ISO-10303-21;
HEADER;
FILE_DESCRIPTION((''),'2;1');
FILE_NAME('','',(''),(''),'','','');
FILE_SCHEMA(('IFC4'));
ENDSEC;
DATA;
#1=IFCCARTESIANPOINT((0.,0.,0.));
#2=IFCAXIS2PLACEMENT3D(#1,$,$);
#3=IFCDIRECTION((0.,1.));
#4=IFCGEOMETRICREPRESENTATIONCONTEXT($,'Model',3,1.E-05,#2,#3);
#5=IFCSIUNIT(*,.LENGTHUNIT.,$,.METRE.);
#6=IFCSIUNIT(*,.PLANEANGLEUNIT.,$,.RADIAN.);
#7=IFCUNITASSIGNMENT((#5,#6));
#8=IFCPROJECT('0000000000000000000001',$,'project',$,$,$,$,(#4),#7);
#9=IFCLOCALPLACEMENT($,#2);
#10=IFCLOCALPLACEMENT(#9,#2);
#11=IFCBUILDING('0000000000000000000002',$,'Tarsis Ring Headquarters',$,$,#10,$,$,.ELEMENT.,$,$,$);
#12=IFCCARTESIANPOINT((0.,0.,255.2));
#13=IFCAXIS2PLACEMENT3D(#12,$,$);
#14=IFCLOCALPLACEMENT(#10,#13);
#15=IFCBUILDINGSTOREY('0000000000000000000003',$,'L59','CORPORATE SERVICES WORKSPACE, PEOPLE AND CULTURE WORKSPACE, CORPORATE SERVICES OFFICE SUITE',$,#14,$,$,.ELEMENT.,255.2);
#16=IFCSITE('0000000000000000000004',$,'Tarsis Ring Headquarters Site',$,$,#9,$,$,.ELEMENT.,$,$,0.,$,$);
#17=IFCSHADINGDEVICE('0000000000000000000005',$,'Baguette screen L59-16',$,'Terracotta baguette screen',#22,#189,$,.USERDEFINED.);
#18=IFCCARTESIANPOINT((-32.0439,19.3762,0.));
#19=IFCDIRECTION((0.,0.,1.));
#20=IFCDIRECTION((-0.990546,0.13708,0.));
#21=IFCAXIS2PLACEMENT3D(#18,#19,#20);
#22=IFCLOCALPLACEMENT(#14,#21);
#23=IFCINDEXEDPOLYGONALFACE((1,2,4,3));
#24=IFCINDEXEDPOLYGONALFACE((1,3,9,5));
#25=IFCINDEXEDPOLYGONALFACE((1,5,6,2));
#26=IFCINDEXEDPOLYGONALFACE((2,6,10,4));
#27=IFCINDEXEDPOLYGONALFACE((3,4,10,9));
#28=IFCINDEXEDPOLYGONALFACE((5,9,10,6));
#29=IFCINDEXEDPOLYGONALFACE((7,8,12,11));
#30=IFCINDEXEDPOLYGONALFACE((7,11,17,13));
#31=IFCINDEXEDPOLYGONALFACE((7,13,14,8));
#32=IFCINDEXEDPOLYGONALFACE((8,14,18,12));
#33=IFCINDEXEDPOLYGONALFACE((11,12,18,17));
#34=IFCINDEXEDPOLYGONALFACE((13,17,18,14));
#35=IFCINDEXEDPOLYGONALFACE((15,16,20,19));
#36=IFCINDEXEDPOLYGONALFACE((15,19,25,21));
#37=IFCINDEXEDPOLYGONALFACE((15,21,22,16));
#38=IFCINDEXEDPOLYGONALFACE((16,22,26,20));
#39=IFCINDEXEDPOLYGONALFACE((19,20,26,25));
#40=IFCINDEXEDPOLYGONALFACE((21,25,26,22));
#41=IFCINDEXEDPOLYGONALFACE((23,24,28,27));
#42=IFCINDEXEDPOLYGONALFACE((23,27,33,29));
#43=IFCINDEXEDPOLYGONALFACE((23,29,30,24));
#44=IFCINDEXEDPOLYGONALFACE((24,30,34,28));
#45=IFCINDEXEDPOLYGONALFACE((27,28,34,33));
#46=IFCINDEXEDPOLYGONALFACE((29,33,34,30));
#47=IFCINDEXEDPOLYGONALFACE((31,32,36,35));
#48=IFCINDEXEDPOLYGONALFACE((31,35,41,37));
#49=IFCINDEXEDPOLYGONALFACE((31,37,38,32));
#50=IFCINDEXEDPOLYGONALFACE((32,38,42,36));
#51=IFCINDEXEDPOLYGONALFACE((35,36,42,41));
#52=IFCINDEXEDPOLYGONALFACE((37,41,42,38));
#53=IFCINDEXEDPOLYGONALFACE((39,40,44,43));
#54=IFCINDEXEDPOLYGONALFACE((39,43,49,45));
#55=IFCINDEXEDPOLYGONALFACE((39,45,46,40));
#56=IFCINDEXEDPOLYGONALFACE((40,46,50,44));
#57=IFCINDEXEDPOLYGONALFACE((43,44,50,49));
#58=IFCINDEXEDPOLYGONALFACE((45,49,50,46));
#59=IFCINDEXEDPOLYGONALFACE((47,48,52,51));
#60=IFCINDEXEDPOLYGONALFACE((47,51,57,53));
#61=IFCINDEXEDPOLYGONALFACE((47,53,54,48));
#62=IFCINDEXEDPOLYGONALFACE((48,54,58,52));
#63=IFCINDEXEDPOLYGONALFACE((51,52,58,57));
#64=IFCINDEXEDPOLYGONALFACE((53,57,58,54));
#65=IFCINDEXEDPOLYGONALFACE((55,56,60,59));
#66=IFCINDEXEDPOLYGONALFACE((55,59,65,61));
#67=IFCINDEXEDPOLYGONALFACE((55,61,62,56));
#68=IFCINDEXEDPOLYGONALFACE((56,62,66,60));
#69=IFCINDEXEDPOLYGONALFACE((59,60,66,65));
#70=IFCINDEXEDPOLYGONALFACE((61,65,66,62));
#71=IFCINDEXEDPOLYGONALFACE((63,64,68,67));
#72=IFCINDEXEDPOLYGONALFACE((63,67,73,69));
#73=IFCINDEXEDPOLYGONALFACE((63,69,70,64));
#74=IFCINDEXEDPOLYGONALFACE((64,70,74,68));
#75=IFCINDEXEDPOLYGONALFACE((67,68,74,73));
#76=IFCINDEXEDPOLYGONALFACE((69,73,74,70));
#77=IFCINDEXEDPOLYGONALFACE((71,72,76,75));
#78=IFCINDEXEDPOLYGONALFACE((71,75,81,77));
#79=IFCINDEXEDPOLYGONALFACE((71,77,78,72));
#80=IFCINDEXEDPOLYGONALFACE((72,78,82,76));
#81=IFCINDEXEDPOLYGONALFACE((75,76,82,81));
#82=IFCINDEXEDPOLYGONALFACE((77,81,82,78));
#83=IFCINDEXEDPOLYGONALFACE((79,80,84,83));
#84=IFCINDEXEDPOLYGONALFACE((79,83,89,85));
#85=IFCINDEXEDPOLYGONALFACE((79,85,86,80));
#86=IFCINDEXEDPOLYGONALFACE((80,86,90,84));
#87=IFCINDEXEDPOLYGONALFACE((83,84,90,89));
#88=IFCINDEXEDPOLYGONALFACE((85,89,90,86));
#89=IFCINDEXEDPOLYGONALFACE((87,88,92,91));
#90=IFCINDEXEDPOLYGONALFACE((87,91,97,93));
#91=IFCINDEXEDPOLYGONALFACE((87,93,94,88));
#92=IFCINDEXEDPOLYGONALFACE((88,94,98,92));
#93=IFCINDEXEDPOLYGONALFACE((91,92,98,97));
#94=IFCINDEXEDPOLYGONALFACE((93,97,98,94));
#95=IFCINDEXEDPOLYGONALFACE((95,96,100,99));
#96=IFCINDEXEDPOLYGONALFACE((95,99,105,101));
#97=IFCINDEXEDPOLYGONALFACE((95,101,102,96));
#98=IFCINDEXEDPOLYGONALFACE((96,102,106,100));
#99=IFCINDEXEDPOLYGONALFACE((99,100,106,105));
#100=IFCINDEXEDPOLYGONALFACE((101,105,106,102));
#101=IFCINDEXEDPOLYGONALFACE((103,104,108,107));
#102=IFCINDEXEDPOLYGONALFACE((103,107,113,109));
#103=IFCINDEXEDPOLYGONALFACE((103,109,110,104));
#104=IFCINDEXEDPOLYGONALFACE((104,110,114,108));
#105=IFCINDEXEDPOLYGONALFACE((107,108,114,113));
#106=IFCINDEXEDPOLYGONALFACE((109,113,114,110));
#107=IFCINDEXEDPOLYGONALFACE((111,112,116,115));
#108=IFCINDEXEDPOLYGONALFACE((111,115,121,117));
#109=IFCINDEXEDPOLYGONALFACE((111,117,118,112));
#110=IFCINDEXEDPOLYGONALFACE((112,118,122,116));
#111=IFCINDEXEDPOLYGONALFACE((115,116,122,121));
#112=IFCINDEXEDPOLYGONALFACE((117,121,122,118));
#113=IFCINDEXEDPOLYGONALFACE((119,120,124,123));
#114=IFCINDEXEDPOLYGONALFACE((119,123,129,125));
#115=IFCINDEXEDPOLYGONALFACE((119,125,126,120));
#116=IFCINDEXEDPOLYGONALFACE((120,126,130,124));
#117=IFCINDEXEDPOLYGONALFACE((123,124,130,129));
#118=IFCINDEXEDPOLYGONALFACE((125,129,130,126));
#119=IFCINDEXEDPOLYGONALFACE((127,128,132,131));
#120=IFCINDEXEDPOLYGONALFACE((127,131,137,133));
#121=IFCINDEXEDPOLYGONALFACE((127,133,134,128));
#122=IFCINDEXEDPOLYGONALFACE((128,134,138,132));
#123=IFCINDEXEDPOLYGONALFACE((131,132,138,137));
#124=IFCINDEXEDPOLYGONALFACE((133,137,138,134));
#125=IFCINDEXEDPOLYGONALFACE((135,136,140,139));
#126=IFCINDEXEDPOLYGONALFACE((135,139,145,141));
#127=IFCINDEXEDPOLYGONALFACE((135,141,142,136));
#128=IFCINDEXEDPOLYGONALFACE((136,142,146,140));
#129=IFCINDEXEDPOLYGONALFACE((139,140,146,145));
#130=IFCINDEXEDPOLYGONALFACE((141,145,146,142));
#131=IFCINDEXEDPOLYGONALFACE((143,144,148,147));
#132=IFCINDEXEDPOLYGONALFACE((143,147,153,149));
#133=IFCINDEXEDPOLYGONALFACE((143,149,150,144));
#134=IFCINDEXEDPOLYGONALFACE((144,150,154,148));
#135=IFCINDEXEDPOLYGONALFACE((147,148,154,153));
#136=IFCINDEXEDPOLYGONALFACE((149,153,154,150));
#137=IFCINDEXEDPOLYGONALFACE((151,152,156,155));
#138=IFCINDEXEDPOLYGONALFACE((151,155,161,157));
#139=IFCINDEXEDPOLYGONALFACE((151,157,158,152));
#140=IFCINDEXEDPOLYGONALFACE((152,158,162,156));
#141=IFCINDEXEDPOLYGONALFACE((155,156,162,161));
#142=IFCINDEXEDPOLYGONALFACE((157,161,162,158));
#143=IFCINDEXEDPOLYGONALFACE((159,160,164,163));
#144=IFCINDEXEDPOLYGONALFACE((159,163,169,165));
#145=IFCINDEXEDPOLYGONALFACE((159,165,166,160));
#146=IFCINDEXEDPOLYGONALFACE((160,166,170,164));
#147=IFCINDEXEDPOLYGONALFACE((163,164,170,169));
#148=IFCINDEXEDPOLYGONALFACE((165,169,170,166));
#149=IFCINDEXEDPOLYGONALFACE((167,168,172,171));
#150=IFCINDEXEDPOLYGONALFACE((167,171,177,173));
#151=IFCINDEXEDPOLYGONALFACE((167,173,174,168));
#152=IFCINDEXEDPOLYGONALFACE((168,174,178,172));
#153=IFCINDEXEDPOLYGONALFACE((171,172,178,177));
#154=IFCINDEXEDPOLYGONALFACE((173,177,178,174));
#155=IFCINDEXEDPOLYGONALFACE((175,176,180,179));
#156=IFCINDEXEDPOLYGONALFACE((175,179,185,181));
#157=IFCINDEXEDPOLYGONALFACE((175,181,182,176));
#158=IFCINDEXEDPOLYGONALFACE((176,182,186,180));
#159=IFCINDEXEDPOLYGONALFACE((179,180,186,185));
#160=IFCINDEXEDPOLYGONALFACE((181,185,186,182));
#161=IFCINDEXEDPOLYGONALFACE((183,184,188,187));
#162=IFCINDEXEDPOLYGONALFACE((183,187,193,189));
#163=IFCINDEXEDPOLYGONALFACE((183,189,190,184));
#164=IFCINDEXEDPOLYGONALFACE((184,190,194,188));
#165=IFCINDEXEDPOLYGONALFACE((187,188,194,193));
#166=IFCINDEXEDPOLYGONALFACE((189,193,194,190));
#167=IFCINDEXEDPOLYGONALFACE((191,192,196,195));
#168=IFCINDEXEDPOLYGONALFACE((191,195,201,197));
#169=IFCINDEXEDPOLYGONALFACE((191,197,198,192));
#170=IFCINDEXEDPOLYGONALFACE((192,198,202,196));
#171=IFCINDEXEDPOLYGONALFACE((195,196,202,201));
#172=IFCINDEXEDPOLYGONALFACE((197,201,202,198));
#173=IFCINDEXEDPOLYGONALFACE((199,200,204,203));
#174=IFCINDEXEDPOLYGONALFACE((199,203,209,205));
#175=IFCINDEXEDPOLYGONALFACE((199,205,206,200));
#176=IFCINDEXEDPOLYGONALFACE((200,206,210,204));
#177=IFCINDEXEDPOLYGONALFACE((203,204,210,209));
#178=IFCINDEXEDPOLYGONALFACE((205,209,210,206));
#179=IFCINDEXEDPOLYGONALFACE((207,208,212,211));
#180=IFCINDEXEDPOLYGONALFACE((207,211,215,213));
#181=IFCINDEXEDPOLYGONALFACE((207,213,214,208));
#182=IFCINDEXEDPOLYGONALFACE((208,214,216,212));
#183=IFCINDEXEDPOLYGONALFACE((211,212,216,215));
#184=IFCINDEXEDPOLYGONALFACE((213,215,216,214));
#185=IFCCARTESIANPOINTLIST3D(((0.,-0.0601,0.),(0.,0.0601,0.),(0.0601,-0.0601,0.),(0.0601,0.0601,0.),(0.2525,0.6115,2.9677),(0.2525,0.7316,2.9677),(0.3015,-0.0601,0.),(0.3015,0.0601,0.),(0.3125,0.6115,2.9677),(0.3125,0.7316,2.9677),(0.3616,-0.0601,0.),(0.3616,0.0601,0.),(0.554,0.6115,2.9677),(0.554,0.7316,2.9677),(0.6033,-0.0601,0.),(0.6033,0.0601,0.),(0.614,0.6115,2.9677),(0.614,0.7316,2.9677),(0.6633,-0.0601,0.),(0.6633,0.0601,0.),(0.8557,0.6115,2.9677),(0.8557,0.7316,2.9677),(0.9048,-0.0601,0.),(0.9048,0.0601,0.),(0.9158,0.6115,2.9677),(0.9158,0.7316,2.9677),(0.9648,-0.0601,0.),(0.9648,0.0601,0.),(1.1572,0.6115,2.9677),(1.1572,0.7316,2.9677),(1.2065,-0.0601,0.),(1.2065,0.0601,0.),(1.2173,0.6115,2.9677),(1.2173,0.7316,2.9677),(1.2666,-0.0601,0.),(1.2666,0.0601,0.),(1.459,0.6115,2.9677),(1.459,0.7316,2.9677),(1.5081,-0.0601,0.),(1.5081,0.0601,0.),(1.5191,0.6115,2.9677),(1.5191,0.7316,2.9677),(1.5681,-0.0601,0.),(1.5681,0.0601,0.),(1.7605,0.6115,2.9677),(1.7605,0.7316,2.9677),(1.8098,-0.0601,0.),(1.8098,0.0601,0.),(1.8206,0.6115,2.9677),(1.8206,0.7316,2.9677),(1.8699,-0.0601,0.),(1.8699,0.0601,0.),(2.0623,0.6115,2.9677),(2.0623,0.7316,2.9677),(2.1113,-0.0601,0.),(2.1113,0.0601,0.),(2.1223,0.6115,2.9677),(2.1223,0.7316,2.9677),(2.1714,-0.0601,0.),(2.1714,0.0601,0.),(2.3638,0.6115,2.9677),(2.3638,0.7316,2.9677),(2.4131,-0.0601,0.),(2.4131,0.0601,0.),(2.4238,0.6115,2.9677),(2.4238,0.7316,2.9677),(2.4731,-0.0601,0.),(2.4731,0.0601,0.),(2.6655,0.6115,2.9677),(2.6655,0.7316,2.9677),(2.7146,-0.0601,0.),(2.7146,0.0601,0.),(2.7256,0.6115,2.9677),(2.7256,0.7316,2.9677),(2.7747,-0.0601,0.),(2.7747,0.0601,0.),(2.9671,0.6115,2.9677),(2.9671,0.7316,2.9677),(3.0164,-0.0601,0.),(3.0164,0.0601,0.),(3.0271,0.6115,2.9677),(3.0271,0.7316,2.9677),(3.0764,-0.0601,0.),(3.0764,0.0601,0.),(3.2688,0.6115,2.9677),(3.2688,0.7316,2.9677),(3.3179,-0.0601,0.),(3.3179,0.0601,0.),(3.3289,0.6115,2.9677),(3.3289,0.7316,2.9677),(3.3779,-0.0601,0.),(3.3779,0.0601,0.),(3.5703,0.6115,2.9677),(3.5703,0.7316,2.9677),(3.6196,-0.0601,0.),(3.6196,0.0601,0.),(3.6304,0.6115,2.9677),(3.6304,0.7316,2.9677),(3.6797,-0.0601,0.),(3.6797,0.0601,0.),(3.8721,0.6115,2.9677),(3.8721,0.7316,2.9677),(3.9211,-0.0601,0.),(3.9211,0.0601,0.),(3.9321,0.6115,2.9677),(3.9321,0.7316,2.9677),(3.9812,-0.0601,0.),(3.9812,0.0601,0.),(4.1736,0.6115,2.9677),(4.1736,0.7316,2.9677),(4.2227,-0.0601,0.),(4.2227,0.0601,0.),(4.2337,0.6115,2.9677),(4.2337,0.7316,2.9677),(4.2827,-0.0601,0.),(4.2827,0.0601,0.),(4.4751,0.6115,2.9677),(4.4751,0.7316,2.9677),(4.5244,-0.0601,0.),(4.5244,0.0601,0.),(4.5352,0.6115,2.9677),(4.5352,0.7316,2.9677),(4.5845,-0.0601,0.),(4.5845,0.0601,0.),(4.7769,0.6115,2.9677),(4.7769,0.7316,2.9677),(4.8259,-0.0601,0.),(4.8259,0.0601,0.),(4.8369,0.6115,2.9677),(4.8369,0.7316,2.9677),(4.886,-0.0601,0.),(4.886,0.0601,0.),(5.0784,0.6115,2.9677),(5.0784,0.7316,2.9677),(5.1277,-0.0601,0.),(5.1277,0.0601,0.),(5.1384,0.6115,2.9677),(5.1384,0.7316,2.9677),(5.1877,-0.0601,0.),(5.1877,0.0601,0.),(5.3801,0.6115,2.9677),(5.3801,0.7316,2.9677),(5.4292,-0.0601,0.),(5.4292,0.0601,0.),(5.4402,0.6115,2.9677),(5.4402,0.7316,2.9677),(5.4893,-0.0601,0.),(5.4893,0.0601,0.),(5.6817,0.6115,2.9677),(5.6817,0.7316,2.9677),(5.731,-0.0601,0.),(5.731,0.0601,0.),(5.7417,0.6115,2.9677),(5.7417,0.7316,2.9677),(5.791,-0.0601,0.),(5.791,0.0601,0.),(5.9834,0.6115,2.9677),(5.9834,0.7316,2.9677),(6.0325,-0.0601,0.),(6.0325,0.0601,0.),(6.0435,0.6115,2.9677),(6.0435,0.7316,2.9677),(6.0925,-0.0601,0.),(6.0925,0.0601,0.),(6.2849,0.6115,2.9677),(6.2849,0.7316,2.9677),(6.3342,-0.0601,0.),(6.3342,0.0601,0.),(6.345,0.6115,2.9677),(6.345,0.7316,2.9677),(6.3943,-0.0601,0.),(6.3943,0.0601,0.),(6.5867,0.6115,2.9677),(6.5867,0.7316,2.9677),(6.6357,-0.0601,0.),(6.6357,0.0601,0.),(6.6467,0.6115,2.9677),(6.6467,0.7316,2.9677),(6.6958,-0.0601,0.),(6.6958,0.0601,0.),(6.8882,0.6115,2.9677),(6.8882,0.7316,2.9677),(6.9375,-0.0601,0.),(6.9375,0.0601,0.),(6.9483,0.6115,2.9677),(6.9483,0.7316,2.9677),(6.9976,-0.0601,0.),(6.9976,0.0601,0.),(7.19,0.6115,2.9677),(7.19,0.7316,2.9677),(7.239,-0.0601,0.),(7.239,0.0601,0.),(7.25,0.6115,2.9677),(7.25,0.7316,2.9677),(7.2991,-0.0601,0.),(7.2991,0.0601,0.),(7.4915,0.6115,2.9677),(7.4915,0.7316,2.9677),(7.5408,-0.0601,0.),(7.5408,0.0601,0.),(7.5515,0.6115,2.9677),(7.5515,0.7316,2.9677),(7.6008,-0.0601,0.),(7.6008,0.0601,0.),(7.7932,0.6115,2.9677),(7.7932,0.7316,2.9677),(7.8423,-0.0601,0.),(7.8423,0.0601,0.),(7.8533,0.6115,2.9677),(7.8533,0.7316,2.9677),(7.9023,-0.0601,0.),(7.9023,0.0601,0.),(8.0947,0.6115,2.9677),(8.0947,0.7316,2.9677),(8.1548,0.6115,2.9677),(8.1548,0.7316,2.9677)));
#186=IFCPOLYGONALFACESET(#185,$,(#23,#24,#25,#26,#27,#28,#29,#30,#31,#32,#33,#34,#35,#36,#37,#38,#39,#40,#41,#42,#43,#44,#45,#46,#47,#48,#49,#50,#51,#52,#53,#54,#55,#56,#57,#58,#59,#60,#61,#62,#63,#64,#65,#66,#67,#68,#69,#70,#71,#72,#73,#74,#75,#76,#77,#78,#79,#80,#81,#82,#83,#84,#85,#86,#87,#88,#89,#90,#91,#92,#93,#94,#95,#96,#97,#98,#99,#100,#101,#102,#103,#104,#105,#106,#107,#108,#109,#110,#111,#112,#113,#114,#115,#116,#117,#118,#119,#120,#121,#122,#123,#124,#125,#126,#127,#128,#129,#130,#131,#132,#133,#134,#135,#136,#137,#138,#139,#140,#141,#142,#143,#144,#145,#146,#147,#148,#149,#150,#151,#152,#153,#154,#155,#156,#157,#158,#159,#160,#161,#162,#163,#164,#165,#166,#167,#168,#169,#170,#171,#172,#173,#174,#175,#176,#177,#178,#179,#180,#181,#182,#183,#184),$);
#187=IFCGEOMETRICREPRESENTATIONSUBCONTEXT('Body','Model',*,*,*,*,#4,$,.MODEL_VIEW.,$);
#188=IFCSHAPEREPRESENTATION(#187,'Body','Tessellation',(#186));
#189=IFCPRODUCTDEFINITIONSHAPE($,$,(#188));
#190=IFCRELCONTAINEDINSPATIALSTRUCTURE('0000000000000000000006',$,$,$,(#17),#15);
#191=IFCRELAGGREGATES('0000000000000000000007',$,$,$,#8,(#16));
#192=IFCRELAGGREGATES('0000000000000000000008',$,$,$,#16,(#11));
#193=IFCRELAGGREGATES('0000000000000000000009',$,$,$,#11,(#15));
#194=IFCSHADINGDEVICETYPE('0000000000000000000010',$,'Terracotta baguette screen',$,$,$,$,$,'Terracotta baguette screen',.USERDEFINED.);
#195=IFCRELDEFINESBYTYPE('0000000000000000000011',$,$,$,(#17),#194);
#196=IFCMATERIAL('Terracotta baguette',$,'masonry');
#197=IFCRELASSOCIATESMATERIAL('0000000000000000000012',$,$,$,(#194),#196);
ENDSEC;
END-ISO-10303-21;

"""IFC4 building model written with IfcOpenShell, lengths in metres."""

from ifc_helpers import new_model, si_unit, direction, frame, frame_2d, origin, place, context, subcontext, project, spatial, rectangle, composite_profile, extrude, material, type_object, element, save


model = new_model("IFC4")

# Units and contexts
model_context = context("Model", 3, precision=1e-05, world=origin(), true_north=direction((0.0, 1.0)))
body_context = subcontext(model_context, "Body", "Model", "MODEL_VIEW")
ifc_project = project(units=[si_unit("LENGTHUNIT", "METRE"), si_unit("PLANEANGLEUNIT", "RADIAN")], contexts=[model_context])

# Site, building, storey
site_placement = place(None, origin())
site = spatial("IfcSite", under=ifc_project, at=site_placement, Name="Tarsis Ring Headquarters Site", CompositionType="ELEMENT", RefElevation=0.0)
building_placement = place(site_placement, origin())
building = spatial("IfcBuilding", under=site, at=building_placement, Name="Tarsis Ring Headquarters", CompositionType="ELEMENT")
storey_placement = place(building_placement, frame((0.0, 0.0, 255.2)))
storey = spatial("IfcBuildingStorey", under=building, at=storey_placement, Name="L59", Description="CORPORATE SERVICES WORKSPACE, PEOPLE AND CULTURE WORKSPACE, CORPORATE SERVICES OFFICE SUITE", CompositionType="ELEMENT", Elevation=255.2)

# Shading device
ifc_material_1 = material(Name="Terracotta baguette", Category="masonry")
shading_device_type_1 = type_object("IfcShadingDeviceType", Name="Terracotta baguette screen", ElementType="Terracotta baguette screen", PredefinedType="USERDEFINED", material=ifc_material_1)
shading_device_1_placement = place(storey_placement, frame((-32.0439, 19.3762, 0.0), z_axis=(0.0, 0.0, 1.0), x_axis=(-0.990546, 0.13708, 0.0)))
element("IfcShadingDevice", 1, at=shading_device_1_placement, inside=storey, type_object=shading_device_type_1, Name="Baguette screen L59-16", ObjectType="Terracotta baguette screen", PredefinedType="USERDEFINED", context=body_context, shape_type="SweptSolid", body=[
    extrude(composite_profile([rectangle(XDim=0.0601, YDim=0.1201, at=frame_2d((0.03, 0.0))), rectangle(XDim=0.0601, YDim=0.1201, at=frame_2d((0.3315, 0.0))), rectangle(XDim=0.0601, YDim=0.1201, at=frame_2d((0.6333, 0.0))), rectangle(XDim=0.0601, YDim=0.1201, at=frame_2d((0.9348, 0.0))), rectangle(XDim=0.0601, YDim=0.1201, at=frame_2d((1.2366, 0.0))), rectangle(XDim=0.0601, YDim=0.1201, at=frame_2d((1.5381, 0.0))), rectangle(XDim=0.0601, YDim=0.1201, at=frame_2d((1.8398, 0.0))), rectangle(XDim=0.0601, YDim=0.1201, at=frame_2d((2.1414, 0.0))), rectangle(XDim=0.0601, YDim=0.1201, at=frame_2d((2.4431, 0.0))), rectangle(XDim=0.0601, YDim=0.1201, at=frame_2d((2.7446, 0.0))), rectangle(XDim=0.0601, YDim=0.1201, at=frame_2d((3.0464, 0.0))), rectangle(XDim=0.0601, YDim=0.1201, at=frame_2d((3.3479, 0.0))), rectangle(XDim=0.0601, YDim=0.1201, at=frame_2d((3.6497, 0.0))), rectangle(XDim=0.0601, YDim=0.1201, at=frame_2d((3.9512, 0.0))), rectangle(XDim=0.0601, YDim=0.1201, at=frame_2d((4.2527, 0.0))), rectangle(XDim=0.0601, YDim=0.1201, at=frame_2d((4.5544, 0.0))), rectangle(XDim=0.0601, YDim=0.1201, at=frame_2d((4.856, 0.0))), rectangle(XDim=0.0601, YDim=0.1201, at=frame_2d((5.1577, 0.0))), rectangle(XDim=0.0601, YDim=0.1201, at=frame_2d((5.4592, 0.0))), rectangle(XDim=0.0601, YDim=0.1201, at=frame_2d((5.761, 0.0))), rectangle(XDim=0.0601, YDim=0.1201, at=frame_2d((6.0625, 0.0))), rectangle(XDim=0.0601, YDim=0.1201, at=frame_2d((6.3643, 0.0))), rectangle(XDim=0.0601, YDim=0.1201, at=frame_2d((6.6658, 0.0))), rectangle(XDim=0.0601, YDim=0.1201, at=frame_2d((6.9675, 0.0))), rectangle(XDim=0.0601, YDim=0.1201, at=frame_2d((7.269, 0.0))), rectangle(XDim=0.0601, YDim=0.1201, at=frame_2d((7.5708, 0.0))), rectangle(XDim=0.0601, YDim=0.1201, at=frame_2d((7.8723, 0.0)))]), origin(), (0.082686, 0.219936, 0.972004), 3.0532),
])

save(model, "model.ifc")
